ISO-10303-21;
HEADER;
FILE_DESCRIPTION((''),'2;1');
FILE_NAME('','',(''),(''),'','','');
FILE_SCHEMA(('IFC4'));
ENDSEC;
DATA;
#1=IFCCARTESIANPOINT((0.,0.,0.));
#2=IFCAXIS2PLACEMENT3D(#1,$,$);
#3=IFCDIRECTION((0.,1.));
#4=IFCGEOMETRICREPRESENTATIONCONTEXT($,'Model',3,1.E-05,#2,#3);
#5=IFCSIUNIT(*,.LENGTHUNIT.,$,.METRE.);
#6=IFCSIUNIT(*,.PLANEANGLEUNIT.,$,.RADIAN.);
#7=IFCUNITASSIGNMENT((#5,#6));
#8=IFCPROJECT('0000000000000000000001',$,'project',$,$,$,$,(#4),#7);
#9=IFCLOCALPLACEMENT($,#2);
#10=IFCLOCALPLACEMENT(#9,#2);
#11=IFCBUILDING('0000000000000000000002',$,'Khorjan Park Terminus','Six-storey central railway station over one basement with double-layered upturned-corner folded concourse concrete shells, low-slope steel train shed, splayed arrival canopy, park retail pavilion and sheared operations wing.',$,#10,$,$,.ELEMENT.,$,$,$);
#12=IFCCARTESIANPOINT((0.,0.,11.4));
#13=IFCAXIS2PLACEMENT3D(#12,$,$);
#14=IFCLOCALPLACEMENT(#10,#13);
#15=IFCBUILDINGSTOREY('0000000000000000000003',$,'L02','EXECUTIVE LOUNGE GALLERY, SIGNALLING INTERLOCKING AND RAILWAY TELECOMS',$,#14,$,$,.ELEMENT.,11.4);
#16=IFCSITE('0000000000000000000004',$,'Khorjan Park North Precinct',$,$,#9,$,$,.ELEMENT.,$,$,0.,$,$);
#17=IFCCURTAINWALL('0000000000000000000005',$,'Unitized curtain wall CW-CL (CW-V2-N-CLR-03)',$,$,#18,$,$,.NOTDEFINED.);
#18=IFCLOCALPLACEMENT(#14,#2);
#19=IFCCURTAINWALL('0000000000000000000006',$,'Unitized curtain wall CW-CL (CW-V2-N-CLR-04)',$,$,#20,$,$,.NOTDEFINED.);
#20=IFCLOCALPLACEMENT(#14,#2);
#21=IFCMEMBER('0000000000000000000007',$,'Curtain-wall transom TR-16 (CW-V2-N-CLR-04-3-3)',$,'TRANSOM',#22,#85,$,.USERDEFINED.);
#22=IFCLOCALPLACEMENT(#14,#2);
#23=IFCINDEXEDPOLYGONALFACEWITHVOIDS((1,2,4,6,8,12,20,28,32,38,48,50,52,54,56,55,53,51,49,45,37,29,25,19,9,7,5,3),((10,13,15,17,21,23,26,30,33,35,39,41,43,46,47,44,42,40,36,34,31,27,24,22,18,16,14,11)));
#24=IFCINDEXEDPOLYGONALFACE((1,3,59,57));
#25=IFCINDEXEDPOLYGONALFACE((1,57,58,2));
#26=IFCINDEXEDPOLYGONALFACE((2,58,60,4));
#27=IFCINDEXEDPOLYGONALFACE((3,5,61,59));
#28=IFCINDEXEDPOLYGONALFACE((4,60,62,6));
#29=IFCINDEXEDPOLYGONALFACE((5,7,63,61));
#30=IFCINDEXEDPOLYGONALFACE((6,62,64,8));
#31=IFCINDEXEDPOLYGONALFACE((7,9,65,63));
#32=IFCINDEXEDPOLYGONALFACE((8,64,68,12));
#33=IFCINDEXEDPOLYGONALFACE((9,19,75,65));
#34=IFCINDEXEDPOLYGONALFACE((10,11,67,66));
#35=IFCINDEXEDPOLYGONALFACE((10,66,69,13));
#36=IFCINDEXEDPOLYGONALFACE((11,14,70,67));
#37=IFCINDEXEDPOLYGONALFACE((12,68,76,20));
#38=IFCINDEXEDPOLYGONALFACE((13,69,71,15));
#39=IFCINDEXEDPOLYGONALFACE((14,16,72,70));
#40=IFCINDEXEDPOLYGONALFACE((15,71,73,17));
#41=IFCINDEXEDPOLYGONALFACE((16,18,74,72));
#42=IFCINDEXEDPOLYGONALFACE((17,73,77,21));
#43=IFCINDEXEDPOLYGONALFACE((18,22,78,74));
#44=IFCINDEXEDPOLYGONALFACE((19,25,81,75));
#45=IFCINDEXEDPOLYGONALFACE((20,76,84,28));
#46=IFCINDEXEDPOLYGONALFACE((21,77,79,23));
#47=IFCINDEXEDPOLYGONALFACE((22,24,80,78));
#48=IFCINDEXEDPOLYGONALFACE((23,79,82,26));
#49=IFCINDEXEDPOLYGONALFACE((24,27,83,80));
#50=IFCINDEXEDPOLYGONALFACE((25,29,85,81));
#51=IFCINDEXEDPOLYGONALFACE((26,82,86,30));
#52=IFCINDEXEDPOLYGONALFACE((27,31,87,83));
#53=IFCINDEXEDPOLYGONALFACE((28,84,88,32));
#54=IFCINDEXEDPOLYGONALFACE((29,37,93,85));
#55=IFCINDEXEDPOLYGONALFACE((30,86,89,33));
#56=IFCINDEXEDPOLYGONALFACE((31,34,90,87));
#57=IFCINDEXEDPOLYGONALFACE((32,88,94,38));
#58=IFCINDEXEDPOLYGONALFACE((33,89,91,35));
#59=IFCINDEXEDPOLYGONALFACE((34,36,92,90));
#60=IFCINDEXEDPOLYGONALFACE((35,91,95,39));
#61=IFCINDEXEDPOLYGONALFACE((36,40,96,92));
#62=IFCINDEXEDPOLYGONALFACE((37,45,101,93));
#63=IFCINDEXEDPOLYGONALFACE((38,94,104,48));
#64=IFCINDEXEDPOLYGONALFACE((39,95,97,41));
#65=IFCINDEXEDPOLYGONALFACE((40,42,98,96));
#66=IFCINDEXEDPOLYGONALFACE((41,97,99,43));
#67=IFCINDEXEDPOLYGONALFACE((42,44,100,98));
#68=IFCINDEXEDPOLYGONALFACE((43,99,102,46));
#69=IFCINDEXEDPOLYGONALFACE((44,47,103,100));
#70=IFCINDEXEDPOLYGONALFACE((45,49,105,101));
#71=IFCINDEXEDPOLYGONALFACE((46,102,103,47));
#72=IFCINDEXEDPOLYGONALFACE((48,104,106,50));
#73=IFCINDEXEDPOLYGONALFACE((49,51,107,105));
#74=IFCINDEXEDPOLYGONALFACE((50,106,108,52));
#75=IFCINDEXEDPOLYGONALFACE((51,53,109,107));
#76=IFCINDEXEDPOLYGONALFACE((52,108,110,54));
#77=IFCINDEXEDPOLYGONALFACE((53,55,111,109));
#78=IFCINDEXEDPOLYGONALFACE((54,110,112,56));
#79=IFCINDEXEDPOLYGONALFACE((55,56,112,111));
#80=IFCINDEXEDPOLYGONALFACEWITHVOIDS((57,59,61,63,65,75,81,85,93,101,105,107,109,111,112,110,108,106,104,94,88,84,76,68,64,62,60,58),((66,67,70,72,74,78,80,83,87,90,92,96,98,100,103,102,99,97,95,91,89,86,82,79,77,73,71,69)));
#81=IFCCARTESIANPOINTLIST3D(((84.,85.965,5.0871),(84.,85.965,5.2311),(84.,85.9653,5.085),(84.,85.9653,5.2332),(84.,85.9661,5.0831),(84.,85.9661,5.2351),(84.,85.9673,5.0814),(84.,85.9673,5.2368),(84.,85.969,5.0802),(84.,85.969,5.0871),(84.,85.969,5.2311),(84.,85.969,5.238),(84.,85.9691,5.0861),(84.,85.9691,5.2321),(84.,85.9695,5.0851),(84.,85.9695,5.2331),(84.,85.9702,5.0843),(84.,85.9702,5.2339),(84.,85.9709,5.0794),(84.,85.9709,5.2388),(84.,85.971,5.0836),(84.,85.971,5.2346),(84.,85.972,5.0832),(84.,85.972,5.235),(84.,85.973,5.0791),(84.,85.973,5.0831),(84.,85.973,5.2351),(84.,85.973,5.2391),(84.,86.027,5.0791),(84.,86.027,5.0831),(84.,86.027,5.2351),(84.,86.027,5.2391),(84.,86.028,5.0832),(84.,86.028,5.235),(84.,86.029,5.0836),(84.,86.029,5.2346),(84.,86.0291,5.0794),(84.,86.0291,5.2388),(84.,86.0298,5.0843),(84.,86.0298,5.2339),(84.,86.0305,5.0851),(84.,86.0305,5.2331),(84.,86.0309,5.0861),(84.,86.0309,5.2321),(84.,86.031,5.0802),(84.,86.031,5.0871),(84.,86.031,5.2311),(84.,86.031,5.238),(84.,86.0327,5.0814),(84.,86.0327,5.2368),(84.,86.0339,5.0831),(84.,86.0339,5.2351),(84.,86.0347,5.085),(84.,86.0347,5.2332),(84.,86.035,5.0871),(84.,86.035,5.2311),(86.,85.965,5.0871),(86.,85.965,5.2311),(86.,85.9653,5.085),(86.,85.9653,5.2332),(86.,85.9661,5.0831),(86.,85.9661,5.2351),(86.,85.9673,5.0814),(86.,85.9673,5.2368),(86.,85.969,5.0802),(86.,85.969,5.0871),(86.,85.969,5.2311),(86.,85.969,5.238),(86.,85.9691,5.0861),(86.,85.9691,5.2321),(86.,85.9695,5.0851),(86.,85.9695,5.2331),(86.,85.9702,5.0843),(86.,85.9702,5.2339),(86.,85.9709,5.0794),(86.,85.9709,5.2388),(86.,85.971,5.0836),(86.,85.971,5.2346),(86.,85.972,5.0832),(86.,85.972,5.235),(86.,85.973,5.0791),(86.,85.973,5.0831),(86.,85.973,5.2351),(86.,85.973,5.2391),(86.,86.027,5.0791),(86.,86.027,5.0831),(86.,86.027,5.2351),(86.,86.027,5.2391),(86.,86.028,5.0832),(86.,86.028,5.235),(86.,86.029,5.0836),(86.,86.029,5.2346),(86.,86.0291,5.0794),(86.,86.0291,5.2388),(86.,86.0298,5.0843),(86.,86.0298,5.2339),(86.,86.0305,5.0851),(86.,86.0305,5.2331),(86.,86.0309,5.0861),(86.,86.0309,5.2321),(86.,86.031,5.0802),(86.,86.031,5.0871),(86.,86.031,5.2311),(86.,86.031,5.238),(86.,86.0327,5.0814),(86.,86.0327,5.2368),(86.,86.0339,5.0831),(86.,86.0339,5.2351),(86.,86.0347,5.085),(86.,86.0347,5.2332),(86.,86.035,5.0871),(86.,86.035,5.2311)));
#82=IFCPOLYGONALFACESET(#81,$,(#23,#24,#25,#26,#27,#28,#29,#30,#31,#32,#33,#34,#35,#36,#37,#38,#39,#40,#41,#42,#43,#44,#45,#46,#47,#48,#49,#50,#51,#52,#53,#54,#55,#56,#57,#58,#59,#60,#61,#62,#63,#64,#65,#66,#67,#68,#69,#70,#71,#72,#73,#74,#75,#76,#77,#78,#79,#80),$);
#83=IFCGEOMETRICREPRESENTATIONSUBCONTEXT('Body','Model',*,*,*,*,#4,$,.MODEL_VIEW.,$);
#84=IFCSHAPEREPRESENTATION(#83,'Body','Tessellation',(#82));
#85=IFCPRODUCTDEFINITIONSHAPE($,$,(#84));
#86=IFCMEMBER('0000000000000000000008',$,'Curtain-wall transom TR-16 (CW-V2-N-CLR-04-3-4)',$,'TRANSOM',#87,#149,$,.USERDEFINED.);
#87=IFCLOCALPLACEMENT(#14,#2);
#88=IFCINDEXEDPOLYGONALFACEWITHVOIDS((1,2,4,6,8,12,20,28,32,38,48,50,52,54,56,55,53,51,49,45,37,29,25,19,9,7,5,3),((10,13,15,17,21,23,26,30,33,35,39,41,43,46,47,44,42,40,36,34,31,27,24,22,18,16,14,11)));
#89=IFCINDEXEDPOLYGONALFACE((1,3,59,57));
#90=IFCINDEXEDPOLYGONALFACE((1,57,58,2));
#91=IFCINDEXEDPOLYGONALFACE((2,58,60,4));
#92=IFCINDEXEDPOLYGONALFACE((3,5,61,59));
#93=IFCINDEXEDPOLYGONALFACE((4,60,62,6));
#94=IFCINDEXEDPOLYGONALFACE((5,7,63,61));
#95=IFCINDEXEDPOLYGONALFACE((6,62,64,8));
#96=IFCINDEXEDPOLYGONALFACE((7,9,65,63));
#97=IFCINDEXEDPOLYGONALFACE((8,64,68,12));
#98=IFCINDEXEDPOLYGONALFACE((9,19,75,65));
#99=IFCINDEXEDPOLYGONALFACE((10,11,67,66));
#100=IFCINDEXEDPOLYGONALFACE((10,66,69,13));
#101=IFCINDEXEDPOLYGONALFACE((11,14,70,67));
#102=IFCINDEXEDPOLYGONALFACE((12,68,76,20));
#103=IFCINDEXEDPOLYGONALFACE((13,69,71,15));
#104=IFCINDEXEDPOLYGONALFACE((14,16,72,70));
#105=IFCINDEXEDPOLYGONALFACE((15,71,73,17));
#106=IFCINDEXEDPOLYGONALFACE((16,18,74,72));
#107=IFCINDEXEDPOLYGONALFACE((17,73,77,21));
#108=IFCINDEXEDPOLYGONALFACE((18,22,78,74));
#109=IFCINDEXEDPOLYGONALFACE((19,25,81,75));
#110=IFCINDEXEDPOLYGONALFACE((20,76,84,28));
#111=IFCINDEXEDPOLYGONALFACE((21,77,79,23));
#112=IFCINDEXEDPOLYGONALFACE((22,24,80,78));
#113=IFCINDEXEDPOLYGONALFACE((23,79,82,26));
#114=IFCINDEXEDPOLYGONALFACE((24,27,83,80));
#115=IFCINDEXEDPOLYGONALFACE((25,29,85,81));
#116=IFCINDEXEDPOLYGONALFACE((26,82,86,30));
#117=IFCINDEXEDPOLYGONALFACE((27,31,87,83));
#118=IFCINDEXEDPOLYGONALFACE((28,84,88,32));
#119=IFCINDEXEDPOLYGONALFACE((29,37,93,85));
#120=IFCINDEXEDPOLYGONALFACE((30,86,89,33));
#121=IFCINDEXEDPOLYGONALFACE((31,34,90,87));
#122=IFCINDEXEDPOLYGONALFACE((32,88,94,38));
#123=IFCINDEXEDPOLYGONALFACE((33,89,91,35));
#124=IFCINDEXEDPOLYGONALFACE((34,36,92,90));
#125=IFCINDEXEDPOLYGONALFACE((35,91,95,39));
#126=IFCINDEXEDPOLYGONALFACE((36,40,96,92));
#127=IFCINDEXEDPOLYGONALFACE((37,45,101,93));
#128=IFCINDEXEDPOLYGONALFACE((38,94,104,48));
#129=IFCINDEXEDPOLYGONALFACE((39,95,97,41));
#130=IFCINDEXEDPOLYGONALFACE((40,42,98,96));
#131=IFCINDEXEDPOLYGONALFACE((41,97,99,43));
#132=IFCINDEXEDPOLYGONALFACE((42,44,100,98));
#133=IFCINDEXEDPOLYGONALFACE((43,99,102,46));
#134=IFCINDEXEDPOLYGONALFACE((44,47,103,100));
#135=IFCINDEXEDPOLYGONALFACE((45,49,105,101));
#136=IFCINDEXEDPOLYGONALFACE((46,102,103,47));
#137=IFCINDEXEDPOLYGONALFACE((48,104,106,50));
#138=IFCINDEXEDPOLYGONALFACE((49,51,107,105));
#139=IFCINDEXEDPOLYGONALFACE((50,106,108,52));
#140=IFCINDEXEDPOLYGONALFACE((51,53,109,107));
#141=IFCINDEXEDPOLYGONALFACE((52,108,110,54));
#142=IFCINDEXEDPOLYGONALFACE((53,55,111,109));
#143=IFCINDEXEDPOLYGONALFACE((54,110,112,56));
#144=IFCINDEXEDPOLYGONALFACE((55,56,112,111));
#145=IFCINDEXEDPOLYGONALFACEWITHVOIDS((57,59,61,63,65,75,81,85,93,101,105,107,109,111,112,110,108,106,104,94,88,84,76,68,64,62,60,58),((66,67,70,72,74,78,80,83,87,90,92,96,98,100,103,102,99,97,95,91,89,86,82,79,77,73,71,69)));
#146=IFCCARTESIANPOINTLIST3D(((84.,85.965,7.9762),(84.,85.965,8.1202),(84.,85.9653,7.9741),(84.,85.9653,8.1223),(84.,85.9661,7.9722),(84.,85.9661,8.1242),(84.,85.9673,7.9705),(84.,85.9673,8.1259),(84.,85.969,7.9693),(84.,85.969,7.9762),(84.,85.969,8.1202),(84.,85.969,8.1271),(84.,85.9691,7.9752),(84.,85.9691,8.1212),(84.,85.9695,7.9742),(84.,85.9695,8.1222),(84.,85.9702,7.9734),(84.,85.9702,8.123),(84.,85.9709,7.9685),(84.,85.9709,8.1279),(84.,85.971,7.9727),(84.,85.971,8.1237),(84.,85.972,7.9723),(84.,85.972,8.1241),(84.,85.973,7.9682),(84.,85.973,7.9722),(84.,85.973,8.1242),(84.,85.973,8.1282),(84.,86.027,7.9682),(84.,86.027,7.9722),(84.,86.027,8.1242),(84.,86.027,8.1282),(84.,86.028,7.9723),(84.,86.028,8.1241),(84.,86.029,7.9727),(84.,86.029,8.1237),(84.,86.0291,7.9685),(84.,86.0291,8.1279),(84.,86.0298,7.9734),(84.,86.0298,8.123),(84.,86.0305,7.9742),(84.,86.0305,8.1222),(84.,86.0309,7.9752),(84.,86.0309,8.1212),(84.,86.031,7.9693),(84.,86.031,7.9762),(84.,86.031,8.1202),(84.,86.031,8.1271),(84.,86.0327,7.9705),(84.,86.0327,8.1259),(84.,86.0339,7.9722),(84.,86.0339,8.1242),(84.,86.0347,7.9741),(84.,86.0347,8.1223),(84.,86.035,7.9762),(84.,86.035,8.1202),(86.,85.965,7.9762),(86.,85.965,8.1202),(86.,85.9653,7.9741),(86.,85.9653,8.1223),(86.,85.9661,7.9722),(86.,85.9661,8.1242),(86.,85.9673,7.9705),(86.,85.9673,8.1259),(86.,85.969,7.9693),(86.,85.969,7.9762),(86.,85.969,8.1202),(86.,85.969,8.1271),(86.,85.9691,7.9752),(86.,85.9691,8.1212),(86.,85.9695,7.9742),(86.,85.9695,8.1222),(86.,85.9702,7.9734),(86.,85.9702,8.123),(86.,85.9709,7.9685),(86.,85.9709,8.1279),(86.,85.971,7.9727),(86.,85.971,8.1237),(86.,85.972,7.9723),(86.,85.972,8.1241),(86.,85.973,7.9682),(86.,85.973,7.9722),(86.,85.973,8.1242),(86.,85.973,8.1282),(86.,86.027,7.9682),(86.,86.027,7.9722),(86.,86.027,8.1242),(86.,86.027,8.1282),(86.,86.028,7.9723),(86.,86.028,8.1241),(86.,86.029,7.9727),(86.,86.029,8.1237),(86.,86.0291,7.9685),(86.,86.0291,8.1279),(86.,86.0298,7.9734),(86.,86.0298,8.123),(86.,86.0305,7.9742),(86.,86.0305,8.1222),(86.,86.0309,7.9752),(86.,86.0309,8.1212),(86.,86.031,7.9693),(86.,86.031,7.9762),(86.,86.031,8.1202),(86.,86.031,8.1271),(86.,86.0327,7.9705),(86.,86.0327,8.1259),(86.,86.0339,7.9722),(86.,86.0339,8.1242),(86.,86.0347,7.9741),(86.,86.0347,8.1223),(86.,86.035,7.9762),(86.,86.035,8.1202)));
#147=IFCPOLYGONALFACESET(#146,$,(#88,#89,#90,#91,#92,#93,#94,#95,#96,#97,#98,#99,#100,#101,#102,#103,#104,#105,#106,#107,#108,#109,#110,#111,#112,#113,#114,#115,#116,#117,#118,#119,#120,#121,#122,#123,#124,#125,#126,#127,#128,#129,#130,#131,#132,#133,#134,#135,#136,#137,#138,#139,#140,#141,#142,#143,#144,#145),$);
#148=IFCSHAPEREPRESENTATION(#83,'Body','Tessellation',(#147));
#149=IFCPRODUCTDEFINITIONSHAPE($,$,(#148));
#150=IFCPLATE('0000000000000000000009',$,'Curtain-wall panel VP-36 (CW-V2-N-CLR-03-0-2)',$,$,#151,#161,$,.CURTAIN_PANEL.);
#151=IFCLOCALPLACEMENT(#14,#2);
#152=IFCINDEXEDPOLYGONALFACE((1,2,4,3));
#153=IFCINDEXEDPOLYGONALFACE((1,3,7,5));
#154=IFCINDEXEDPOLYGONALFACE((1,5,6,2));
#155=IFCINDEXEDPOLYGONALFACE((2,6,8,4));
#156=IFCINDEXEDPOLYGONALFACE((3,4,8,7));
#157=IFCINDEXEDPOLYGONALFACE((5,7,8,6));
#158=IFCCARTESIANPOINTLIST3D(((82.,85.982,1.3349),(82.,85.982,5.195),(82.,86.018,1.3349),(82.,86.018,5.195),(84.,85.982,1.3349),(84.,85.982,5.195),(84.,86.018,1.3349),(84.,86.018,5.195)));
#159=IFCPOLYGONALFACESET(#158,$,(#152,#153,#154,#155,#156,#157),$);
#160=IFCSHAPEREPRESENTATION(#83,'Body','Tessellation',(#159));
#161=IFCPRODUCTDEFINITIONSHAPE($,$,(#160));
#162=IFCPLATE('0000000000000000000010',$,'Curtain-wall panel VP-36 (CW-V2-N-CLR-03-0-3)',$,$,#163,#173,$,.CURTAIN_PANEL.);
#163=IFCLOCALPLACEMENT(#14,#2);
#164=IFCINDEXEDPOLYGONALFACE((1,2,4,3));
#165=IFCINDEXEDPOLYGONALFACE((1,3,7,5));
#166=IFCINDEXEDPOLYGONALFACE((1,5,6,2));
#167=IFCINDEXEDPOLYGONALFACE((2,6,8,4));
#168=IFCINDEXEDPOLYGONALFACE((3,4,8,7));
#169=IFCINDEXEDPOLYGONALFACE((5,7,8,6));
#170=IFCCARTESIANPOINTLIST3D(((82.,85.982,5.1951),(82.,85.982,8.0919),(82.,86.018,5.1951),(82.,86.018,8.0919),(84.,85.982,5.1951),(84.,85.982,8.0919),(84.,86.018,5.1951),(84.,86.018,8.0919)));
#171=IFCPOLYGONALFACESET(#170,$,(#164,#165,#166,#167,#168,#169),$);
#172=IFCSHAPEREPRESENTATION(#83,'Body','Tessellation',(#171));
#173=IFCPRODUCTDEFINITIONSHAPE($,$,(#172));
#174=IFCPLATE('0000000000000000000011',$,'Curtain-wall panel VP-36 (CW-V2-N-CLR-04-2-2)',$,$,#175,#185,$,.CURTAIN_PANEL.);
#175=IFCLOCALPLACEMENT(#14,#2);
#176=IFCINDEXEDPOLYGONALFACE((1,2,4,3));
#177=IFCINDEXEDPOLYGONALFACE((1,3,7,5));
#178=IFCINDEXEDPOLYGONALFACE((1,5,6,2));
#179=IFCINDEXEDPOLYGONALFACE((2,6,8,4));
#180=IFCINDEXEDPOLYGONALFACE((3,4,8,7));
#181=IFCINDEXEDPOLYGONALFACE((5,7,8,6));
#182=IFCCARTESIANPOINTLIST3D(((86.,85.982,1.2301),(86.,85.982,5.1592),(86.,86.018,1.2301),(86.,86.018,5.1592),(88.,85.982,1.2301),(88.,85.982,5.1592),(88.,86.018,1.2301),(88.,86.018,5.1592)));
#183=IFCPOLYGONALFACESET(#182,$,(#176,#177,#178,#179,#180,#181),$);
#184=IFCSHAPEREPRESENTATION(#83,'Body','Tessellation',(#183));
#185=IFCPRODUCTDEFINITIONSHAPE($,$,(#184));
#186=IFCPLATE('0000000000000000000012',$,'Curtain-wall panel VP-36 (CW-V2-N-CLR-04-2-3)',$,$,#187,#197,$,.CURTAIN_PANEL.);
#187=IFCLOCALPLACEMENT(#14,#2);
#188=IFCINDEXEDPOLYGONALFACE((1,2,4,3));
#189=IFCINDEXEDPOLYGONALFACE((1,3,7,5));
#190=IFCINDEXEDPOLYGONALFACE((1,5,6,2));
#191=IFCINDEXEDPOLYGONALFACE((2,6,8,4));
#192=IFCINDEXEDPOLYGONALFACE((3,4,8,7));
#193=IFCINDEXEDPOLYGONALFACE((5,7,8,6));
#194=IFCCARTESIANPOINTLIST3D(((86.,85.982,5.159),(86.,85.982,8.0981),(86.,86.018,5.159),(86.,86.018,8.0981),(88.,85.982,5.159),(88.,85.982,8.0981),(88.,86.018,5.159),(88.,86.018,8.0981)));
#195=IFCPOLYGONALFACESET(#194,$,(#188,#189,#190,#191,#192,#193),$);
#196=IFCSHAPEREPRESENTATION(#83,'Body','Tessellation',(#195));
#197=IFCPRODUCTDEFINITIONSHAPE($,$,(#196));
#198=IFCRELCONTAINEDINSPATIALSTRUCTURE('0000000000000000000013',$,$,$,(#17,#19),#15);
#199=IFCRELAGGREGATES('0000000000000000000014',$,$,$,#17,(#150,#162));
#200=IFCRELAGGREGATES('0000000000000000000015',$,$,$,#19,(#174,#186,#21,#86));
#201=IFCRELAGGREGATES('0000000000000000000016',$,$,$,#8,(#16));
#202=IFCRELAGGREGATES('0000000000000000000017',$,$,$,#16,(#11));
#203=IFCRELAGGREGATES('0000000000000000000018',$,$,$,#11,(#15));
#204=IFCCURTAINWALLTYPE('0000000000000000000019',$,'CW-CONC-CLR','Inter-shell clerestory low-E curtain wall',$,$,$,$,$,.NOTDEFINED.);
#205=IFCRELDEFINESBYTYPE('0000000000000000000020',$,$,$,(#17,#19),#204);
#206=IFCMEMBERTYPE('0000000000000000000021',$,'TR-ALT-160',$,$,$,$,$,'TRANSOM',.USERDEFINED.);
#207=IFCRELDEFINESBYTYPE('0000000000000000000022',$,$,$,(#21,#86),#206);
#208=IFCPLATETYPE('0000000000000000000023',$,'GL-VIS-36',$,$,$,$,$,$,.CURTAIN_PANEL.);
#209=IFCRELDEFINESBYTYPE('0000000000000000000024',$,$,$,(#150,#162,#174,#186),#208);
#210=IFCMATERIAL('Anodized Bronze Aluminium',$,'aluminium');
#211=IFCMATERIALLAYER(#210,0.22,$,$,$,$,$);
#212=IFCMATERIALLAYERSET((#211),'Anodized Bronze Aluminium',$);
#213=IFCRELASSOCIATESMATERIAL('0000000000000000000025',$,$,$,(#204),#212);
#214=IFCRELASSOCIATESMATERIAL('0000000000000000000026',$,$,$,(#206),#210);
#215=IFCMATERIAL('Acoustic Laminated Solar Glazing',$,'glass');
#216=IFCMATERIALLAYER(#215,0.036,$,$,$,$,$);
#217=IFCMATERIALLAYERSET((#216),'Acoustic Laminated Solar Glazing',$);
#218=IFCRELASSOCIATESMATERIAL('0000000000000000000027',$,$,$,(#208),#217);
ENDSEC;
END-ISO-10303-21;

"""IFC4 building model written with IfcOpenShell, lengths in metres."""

from ifc_helpers import new_model, si_unit, direction, frame, origin, origin_2d, place, context, subcontext, project, spatial, rectangle, hollow_rectangle, extrude, material, layer, layer_set, material_profile, profile_set, type_object, element, aggregate, save


model = new_model("IFC4")

# Units and contexts
model_context = context("Model", 3, precision=1e-05, world=origin(), true_north=direction((0.0, 1.0)))
body_context = subcontext(model_context, "Body", "Model", "MODEL_VIEW")
ifc_project = project(units=[si_unit("LENGTHUNIT", "METRE"), si_unit("PLANEANGLEUNIT", "RADIAN")], contexts=[model_context])

# Site, building, storey
site_placement = place(None, origin())
site = spatial("IfcSite", under=ifc_project, at=site_placement, Name="Khorjan Park North Precinct", CompositionType="ELEMENT", RefElevation=0.0)
building_placement = place(site_placement, origin())
building = spatial("IfcBuilding", under=site, at=building_placement, Name="Khorjan Park Terminus", Description="Six-storey central railway station over one basement with double-layered upturned-corner folded concourse concrete shells, low-slope steel train shed, splayed arrival canopy, park retail pavilion and sheared operations wing.", CompositionType="ELEMENT")
storey_placement = place(building_placement, frame((0.0, 0.0, 11.4)))
storey = spatial("IfcBuildingStorey", under=building, at=storey_placement, Name="L02", Description="EXECUTIVE LOUNGE GALLERY, SIGNALLING INTERLOCKING AND RAILWAY TELECOMS", CompositionType="ELEMENT", Elevation=11.4)

# Curtain walls
ifc_material_1 = material(Name="Anodized Bronze Aluminium", Category="aluminium")
ifc_layer_1 = layer(ifc_material_1, 0.22)
ifc_layer_set_1 = layer_set([ifc_layer_1], Name="Anodized Bronze Aluminium")
curtain_wall_type = type_object("IfcCurtainWallType", Name="CW-CONC-CLR", Description="Inter-shell clerestory low-E curtain wall", PredefinedType="NOTDEFINED", material=ifc_layer_set_1)
curtain_wall_1_placement = place(storey_placement, origin())
curtain_wall_1 = element("IfcCurtainWall", 1, at=curtain_wall_1_placement, inside=storey, type_object=curtain_wall_type, Name="Unitized curtain wall CW-CL (CW-V2-N-CLR-03)", PredefinedType="NOTDEFINED")
curtain_wall_2_placement = place(storey_placement, origin())
curtain_wall_2 = element("IfcCurtainWall", 2, at=curtain_wall_2_placement, inside=storey, type_object=curtain_wall_type, Name="Unitized curtain wall CW-CL (CW-V2-N-CLR-04)", PredefinedType="NOTDEFINED")

# Members
ifc_material_profile_1 = material_profile(ifc_material_1, hollow_rectangle(XDim=0.07, YDim=0.16, WallThickness=0.004, InnerFilletRadius=0.004, OuterFilletRadius=0.008, at=origin_2d()), Name="ALT 70x160x4")
ifc_profile_set_1 = profile_set([ifc_material_profile_1], Name="Anodized Bronze Aluminium")
member_type_1 = type_object("IfcMemberType", Name="TR-ALT-160", ElementType="TRANSOM", PredefinedType="USERDEFINED", material=ifc_profile_set_1)
member_1_placement = place(storey_placement, frame((86.0, 86.0, 5.1591), z_axis=(-1.0, 0.0, 0.0), x_axis=(0.0, -1.0, 0.0)))
member_1 = element("IfcMember", 3, at=member_1_placement, type_object=member_type_1, Name="Curtain-wall transom TR-16 (CW-V2-N-CLR-04-3-3)", ObjectType="TRANSOM", PredefinedType="USERDEFINED", context=body_context, shape_type="SweptSolid", body=[
    extrude(hollow_rectangle(XDim=0.07, YDim=0.16, WallThickness=0.004, InnerFilletRadius=0.004, OuterFilletRadius=0.008, at=origin_2d()), origin(), (0.0, 0.0, 1.0), 2.0),
])
member_2_placement = place(storey_placement, frame((86.0, 86.0, 8.0482), z_axis=(-1.0, 0.0, 0.0), x_axis=(0.0, -1.0, 0.0)))
member_2 = element("IfcMember", 4, at=member_2_placement, type_object=member_type_1, Name="Curtain-wall transom TR-16 (CW-V2-N-CLR-04-3-4)", ObjectType="TRANSOM", PredefinedType="USERDEFINED", context=body_context, shape_type="SweptSolid", body=[
    extrude(hollow_rectangle(XDim=0.07, YDim=0.16, WallThickness=0.004, InnerFilletRadius=0.004, OuterFilletRadius=0.008, at=origin_2d()), origin(), (0.0, 0.0, 1.0), 2.0),
])

# Plates
ifc_material_2 = material(Name="Acoustic Laminated Solar Glazing", Category="glass")
ifc_layer_2 = layer(ifc_material_2, 0.036)
ifc_layer_set_2 = layer_set([ifc_layer_2], Name="Acoustic Laminated Solar Glazing")
plate_type_1 = type_object("IfcPlateType", Name="GL-VIS-36", PredefinedType="CURTAIN_PANEL", material=ifc_layer_set_2)
plate_1_placement = place(storey_placement, frame((83.0, 86.0, 1.3349), z_axis=(0.0, 0.0, 1.0), x_axis=(-1.0, 0.0, 0.0)))
plate_1 = element("IfcPlate", 5, at=plate_1_placement, type_object=plate_type_1, Name="Curtain-wall panel VP-36 (CW-V2-N-CLR-03-0-2)", PredefinedType="CURTAIN_PANEL", context=body_context, shape_type="SweptSolid", body=[
    extrude(rectangle(XDim=2.0, YDim=0.036, at=origin_2d()), origin(), (0.0, 0.0, 1.0), 3.8601),
])
plate_2_placement = place(storey_placement, frame((83.0, 86.0, 5.1951), z_axis=(0.0, 0.0, 1.0), x_axis=(-1.0, 0.0, 0.0)))
plate_2 = element("IfcPlate", 6, at=plate_2_placement, type_object=plate_type_1, Name="Curtain-wall panel VP-36 (CW-V2-N-CLR-03-0-3)", PredefinedType="CURTAIN_PANEL", context=body_context, shape_type="SweptSolid", body=[
    extrude(rectangle(XDim=2.0, YDim=0.036, at=origin_2d()), origin(), (0.0, 0.0, 1.0), 2.8968),
])
plate_3_placement = place(storey_placement, frame((87.0, 86.0, 1.2301), z_axis=(0.0, 0.0, 1.0), x_axis=(-1.0, 0.0, 0.0)))
plate_3 = element("IfcPlate", 7, at=plate_3_placement, type_object=plate_type_1, Name="Curtain-wall panel VP-36 (CW-V2-N-CLR-04-2-2)", PredefinedType="CURTAIN_PANEL", context=body_context, shape_type="SweptSolid", body=[
    extrude(rectangle(XDim=2.0, YDim=0.036, at=origin_2d()), origin(), (0.0, 0.0, 1.0), 3.9291),
])
plate_4_placement = place(storey_placement, frame((87.0, 86.0, 5.159), z_axis=(0.0, 0.0, 1.0), x_axis=(-1.0, 0.0, 0.0)))
plate_4 = element("IfcPlate", 8, at=plate_4_placement, type_object=plate_type_1, Name="Curtain-wall panel VP-36 (CW-V2-N-CLR-04-2-3)", PredefinedType="CURTAIN_PANEL", context=body_context, shape_type="SweptSolid", body=[
    extrude(rectangle(XDim=2.0, YDim=0.036, at=origin_2d()), origin(), (0.0, 0.0, 1.0), 2.9391),
])

aggregate(curtain_wall_1, [plate_1, plate_2])
aggregate(curtain_wall_2, [plate_3, plate_4, member_1, member_2])

save(model, "model.ifc")
